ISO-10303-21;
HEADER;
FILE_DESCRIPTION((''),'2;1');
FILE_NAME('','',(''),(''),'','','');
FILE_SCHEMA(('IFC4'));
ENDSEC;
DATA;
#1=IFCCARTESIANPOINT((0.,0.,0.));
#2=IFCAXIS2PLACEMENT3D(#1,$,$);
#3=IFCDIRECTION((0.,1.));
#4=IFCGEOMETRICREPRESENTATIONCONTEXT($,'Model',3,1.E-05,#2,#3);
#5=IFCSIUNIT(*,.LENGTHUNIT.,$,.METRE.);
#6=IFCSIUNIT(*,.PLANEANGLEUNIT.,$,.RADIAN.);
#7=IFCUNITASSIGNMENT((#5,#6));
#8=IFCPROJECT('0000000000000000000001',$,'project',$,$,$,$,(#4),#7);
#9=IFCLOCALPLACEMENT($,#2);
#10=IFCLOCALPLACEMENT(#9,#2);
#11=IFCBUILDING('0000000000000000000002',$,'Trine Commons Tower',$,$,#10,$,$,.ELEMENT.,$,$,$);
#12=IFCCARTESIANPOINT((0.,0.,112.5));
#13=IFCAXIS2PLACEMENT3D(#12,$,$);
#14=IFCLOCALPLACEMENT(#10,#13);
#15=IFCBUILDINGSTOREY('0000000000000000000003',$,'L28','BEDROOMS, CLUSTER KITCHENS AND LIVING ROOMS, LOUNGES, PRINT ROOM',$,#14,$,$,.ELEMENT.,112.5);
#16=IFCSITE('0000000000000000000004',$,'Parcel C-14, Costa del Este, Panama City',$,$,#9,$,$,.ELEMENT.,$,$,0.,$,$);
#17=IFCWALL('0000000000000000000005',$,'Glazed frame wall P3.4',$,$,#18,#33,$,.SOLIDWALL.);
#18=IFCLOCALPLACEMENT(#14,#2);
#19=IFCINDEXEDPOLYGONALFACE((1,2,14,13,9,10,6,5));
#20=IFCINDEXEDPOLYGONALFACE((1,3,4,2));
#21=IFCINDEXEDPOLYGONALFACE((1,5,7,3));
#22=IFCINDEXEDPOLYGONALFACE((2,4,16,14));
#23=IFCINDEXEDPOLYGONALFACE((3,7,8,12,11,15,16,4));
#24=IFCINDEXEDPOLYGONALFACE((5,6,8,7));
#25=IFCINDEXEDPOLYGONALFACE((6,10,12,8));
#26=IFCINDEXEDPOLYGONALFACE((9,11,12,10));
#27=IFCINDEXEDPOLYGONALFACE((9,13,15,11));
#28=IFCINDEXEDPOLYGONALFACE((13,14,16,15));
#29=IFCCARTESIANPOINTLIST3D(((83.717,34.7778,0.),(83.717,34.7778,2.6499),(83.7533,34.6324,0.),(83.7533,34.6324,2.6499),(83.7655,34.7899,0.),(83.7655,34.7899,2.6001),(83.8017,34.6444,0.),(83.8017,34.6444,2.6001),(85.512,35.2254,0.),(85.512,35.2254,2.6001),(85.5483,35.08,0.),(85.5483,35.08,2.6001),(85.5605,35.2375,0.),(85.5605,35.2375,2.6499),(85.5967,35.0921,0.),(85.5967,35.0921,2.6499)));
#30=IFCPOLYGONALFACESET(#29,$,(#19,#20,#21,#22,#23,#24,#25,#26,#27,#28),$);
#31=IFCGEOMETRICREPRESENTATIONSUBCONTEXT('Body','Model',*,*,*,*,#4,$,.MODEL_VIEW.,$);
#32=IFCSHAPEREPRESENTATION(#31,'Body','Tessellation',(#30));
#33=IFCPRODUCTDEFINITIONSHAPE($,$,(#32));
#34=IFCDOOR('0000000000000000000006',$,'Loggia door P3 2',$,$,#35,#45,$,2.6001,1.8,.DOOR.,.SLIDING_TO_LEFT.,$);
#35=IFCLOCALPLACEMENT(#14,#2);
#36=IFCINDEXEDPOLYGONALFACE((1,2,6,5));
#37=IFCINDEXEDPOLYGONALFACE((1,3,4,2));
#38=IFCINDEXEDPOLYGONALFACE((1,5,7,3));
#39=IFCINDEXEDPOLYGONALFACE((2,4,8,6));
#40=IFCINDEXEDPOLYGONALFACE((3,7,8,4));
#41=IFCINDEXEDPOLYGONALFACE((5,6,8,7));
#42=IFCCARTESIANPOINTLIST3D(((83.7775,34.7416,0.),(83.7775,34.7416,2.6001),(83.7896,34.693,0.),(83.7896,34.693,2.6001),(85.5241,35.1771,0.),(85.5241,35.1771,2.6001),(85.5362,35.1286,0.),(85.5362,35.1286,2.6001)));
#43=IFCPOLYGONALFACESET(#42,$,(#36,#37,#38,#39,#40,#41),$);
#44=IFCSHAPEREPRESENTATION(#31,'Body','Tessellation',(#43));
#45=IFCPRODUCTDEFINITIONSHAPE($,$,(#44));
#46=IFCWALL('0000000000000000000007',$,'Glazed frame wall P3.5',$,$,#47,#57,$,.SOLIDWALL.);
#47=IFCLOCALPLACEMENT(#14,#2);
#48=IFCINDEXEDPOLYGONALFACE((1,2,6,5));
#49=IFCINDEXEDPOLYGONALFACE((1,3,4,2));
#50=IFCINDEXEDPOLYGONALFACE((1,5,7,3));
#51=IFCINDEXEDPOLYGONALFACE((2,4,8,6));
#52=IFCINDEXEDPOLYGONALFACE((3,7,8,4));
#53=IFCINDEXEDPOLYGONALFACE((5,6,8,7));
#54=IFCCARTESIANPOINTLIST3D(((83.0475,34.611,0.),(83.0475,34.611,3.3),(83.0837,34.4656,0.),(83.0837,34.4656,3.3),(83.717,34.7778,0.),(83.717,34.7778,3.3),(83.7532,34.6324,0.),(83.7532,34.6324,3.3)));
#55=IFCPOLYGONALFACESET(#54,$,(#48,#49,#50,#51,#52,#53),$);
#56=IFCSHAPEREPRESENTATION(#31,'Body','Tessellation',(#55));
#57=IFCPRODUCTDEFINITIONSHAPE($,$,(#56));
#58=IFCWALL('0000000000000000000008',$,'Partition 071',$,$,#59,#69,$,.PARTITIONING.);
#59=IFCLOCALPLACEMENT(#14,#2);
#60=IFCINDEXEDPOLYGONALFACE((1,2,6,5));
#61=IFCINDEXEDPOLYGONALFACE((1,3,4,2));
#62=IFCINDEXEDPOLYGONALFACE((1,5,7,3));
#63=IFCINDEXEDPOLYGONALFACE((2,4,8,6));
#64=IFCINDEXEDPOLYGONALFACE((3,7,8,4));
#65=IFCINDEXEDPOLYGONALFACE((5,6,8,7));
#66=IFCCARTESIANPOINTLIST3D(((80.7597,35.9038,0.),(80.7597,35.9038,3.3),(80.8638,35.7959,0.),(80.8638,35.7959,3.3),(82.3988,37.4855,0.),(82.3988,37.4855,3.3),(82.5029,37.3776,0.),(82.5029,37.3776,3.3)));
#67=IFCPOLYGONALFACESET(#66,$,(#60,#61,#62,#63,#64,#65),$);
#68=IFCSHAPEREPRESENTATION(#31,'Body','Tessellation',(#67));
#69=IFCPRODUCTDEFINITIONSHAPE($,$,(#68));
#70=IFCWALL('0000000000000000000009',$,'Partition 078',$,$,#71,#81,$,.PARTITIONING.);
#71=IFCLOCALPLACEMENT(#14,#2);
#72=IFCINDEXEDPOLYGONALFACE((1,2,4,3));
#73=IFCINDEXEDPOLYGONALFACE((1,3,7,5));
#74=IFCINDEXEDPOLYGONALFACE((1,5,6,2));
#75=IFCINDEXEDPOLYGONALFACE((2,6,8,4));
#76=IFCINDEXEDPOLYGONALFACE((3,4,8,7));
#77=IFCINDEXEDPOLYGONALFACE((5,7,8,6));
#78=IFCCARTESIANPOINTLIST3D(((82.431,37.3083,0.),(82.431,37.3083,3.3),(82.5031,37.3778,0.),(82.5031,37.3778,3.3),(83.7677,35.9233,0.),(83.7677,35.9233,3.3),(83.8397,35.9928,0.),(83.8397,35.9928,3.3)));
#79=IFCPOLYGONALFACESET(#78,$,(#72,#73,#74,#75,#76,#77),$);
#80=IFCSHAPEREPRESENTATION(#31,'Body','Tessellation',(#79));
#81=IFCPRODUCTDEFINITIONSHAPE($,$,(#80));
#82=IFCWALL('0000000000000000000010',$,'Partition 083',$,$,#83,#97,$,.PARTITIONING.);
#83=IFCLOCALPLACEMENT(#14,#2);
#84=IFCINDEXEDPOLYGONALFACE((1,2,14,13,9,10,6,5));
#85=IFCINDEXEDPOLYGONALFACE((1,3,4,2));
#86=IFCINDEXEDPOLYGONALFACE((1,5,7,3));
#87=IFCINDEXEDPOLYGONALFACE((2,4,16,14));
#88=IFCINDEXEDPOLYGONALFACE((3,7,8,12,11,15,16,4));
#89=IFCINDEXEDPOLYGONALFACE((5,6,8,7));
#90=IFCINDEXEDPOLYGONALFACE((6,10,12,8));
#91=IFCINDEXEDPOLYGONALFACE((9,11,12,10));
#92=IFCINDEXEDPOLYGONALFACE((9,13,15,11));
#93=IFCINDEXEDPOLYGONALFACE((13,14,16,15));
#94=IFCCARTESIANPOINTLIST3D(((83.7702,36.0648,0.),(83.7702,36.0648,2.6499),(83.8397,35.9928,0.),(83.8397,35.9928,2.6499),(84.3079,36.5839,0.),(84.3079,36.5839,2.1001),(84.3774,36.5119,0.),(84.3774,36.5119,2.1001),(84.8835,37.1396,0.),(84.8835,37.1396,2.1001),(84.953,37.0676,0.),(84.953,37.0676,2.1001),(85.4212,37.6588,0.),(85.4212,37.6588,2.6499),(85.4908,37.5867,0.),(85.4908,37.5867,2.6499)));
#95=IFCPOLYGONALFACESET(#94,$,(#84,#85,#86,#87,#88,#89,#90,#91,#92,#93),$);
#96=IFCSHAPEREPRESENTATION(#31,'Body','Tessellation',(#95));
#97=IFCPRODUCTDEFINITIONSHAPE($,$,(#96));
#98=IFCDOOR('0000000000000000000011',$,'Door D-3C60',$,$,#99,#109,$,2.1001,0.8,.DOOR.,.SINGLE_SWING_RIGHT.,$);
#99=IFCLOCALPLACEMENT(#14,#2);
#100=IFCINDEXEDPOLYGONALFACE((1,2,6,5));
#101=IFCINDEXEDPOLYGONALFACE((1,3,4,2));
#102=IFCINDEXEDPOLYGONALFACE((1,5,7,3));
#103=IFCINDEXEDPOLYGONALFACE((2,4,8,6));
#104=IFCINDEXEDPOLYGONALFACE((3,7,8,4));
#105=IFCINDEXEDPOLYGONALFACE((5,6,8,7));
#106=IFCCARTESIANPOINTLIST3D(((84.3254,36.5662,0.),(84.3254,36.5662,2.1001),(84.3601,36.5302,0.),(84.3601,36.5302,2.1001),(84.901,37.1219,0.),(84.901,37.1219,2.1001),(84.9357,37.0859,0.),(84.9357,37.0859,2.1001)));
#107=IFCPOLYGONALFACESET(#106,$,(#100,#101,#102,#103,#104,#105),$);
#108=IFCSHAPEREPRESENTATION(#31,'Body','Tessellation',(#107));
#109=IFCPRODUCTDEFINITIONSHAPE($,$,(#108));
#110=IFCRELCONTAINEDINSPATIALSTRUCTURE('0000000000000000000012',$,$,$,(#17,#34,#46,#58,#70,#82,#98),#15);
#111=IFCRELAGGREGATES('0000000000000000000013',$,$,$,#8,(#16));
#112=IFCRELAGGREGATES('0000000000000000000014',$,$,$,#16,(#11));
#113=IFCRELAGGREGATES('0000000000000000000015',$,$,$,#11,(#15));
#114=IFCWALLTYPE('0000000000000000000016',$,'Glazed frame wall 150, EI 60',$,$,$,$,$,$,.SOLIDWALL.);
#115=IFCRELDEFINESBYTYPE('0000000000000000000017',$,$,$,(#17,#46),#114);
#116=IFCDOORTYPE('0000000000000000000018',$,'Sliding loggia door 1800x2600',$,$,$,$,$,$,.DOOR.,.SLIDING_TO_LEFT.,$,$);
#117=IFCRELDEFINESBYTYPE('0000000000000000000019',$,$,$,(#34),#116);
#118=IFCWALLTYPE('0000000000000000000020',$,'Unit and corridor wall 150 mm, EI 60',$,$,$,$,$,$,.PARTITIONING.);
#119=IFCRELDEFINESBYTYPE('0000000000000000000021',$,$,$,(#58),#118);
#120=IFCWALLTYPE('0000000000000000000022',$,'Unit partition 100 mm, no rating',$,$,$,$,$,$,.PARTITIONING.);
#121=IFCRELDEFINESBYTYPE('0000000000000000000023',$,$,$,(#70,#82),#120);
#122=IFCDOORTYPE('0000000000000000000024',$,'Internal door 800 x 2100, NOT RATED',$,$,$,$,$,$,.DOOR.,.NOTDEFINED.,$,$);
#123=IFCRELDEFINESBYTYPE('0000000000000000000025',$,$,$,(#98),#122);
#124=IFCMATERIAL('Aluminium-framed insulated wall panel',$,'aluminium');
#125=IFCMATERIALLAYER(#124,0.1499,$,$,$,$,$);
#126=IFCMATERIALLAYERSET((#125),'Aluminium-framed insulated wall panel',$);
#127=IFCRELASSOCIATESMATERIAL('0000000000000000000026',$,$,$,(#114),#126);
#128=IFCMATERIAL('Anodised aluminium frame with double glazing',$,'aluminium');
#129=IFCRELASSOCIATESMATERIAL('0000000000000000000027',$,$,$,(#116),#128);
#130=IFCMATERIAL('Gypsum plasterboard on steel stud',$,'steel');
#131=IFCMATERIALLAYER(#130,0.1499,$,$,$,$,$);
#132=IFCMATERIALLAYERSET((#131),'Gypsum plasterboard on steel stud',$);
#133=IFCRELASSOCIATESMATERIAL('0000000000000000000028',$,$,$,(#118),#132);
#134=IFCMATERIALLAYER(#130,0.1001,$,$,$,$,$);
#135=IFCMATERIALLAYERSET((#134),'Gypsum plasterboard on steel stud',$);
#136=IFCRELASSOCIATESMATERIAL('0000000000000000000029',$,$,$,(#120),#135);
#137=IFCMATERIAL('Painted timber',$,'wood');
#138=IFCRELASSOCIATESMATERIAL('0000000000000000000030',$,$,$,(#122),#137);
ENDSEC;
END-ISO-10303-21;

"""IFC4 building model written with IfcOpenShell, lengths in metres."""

from ifc_helpers import new_model, si_unit, direction, frame, frame_2d, origin, place, context, subcontext, project, spatial, polyline, rectangle, outline, extrude, material, layer, layer_set, type_object, element, fill, save


model = new_model("IFC4")

# Units and contexts
model_context = context("Model", 3, precision=1e-05, world=origin(), true_north=direction((0.0, 1.0)))
body_context = subcontext(model_context, "Body", "Model", "MODEL_VIEW")
ifc_project = project(units=[si_unit("LENGTHUNIT", "METRE"), si_unit("PLANEANGLEUNIT", "RADIAN")], contexts=[model_context])

# Site, building, storey
site_placement = place(None, origin())
site = spatial("IfcSite", under=ifc_project, at=site_placement, Name="Parcel C-14, Costa del Este, Panama City", CompositionType="ELEMENT", RefElevation=0.0)
building_placement = place(site_placement, origin())
building = spatial("IfcBuilding", under=site, at=building_placement, Name="Trine Commons Tower", CompositionType="ELEMENT")
storey_placement = place(building_placement, frame((0.0, 0.0, 112.5)))
storey = spatial("IfcBuildingStorey", under=building, at=storey_placement, Name="L28", Description="BEDROOMS, CLUSTER KITCHENS AND LIVING ROOMS, LOUNGES, PRINT ROOM", CompositionType="ELEMENT", Elevation=112.5)

# Wall, opening, door
ifc_material_1 = material(Name="Aluminium-framed insulated wall panel", Category="aluminium")
ifc_layer_1 = layer(ifc_material_1, 0.1499)
ifc_layer_set_1 = layer_set([ifc_layer_1], Name="Aluminium-framed insulated wall panel")
wall_type_1 = type_object("IfcWallType", Name="Glazed frame wall 150, EI 60", PredefinedType="SOLIDWALL", material=ifc_layer_set_1)
wall_1_placement = place(storey_placement, frame((85.5786, 35.1648, 0.0), z_axis=(0.0, 0.0, 1.0), x_axis=(-0.970286, -0.241961, 0.0)))
wall_1 = element("IfcWall", 1, at=wall_1_placement, inside=storey, type_object=wall_type_1, Name="Glazed frame wall P3.4", PredefinedType="SOLIDWALL", context=body_context, shape_type="SweptSolid", body=[
    extrude(outline(polyline([(0.0, -0.075), (1.8999, -0.075), (1.8999, 0.075), (0.0, 0.075), (0.0, -0.075)])), origin(), (0.0, 0.0, 1.0), 2.6499),
])
opening_1_placement = place(wall_1_placement, frame((0.05, 0.0, 0.0)))
opening_1 = element("IfcOpeningElement", 2, at=opening_1_placement, cuts=wall_1, PredefinedType="OPENING", context=body_context, shape_type="SweptSolid", body=[
    extrude(rectangle(XDim=1.8, YDim=2.6001, at=frame_2d((0.8999, 1.3))), frame((0.0, 0.085, 0.0), z_axis=(0.0, -1.0, 0.0), x_axis=(1.0, 0.0, 0.0)), (0.0, 0.0, 1.0), 0.1699),
])
ifc_material_2 = material(Name="Anodised aluminium frame with double glazing", Category="aluminium")
door_type_1 = type_object("IfcDoorType", Name="Sliding loggia door 1800x2600", OperationType="SLIDING_TO_LEFT", PredefinedType="DOOR", material=ifc_material_2)
door_1_placement = place(opening_1_placement, origin())
door_1 = element("IfcDoor", 3, at=door_1_placement, inside=storey, type_object=door_type_1, Name="Loggia door P3 2", OperationType="SLIDING_TO_LEFT", OverallHeight=2.6001, OverallWidth=1.8, PredefinedType="DOOR", context=body_context, shape_type="SweptSolid", body=[
    extrude(rectangle(XDim=1.8, YDim=2.6001, at=frame_2d((0.8999, 1.3))), frame((0.0, 0.0249, 0.0), z_axis=(0.0, -1.0, 0.0), x_axis=(1.0, 0.0, 0.0)), (0.0, 0.0, 1.0), 0.05),
])
fill(opening_1, door_1)

# Walls
wall_2_placement = place(storey_placement, frame((83.7351, 34.7051, 0.0), z_axis=(0.0, 0.0, 1.0), x_axis=(-0.97034, -0.241746, 0.0)))
element("IfcWall", 4, at=wall_2_placement, inside=storey, type_object=wall_type_1, Name="Glazed frame wall P3.5", PredefinedType="SOLIDWALL", context=body_context, shape_type="SweptSolid", body=[
    extrude(outline(polyline([(0.6899, 0.075), (0.0, 0.075), (0.0, -0.075), (0.6899, -0.075), (0.6899, 0.075)])), origin(), (0.0, 0.0, 1.0), 3.3),
])
ifc_material_3 = material(Name="Gypsum plasterboard on steel stud", Category="steel")
ifc_layer_2 = layer(ifc_material_3, 0.1499)
ifc_layer_set_2 = layer_set([ifc_layer_2], Name="Gypsum plasterboard on steel stud")
wall_type_2 = type_object("IfcWallType", Name="Unit and corridor wall 150 mm, EI 60", PredefinedType="PARTITIONING", material=ifc_layer_set_2)
wall_3_placement = place(storey_placement, frame((80.8118, 35.8499, 0.0), z_axis=(0.0, 0.0, 1.0), x_axis=(0.719588, 0.694401, 0.0)))
element("IfcWall", 5, at=wall_3_placement, inside=storey, type_object=wall_type_2, Name="Partition 071", PredefinedType="PARTITIONING", context=body_context, shape_type="SweptSolid", body=[
    extrude(rectangle(XDim=2.2778, YDim=0.1499, at=frame_2d((1.1389, 0.0))), origin(), (0.0, 0.0, 1.0), 3.3),
])
ifc_layer_3 = layer(ifc_material_3, 0.1001)
ifc_layer_set_3 = layer_set([ifc_layer_3], Name="Gypsum plasterboard on steel stud")
wall_type_3 = type_object("IfcWallType", Name="Unit partition 100 mm, no rating", PredefinedType="PARTITIONING", material=ifc_layer_set_3)
wall_4_placement = place(storey_placement, frame((82.467, 37.343, 0.0), z_axis=(0.0, 0.0, 1.0), x_axis=(0.694438, -0.719552, 0.0)))
element("IfcWall", 6, at=wall_4_placement, inside=storey, type_object=wall_type_3, Name="Partition 078", PredefinedType="PARTITIONING", context=body_context, shape_type="SweptSolid", body=[
    extrude(rectangle(XDim=1.9248, YDim=0.1001, at=frame_2d((0.9624, 0.0))), origin(), (0.0, 0.0, 1.0), 3.3),
])

# Wall, opening, door
wall_5_placement = place(storey_placement, frame((83.8049, 36.0288, 0.0), z_axis=(0.0, 0.0, 1.0), x_axis=(0.719444, 0.694551, 0.0)))
wall_5 = element("IfcWall", 7, at=wall_5_placement, inside=storey, type_object=wall_type_3, Name="Partition 083", PredefinedType="PARTITIONING", context=body_context, shape_type="SweptSolid", body=[
    extrude(rectangle(XDim=2.2949, YDim=0.1001, at=frame_2d((1.1475, 0.0))), origin(), (0.0, 0.0, 1.0), 2.6499),
])
opening_2_placement = place(wall_5_placement, frame((0.7476, 0.0, 0.0)))
opening_2 = element("IfcOpeningElement", 8, at=opening_2_placement, cuts=wall_5, PredefinedType="OPENING", context=body_context, shape_type="SweptSolid", body=[
    extrude(rectangle(XDim=0.8, YDim=2.1001, at=frame_2d((0.3999, 1.05))), frame((0.0, 0.0601, 0.0), z_axis=(0.0, -1.0, 0.0), x_axis=(1.0, 0.0, 0.0)), (0.0, 0.0, 1.0), 0.1201),
])
ifc_material_4 = material(Name="Painted timber", Category="wood")
door_type_2 = type_object("IfcDoorType", Name="Internal door 800 x 2100, NOT RATED", OperationType="NOTDEFINED", PredefinedType="DOOR", material=ifc_material_4)
door_2_placement = place(opening_2_placement, frame((0.8, 0.0, 0.0), z_axis=(0.0, 0.0, 1.0), x_axis=(-1.0, 0.0, 0.0)))
door_2 = element("IfcDoor", 9, at=door_2_placement, inside=storey, type_object=door_type_2, Name="Door D-3C60", OperationType="SINGLE_SWING_RIGHT", OverallHeight=2.1001, OverallWidth=0.8, PredefinedType="DOOR", context=body_context, shape_type="SweptSolid", body=[
    extrude(rectangle(XDim=0.8, YDim=2.1001, at=frame_2d((0.3999, 1.05))), frame((0.0, 0.0249, 0.0), z_axis=(0.0, -1.0, 0.0), x_axis=(1.0, 0.0, 0.0)), (0.0, 0.0, 1.0), 0.05),
])
fill(opening_2, door_2)

save(model, "model.ifc")
